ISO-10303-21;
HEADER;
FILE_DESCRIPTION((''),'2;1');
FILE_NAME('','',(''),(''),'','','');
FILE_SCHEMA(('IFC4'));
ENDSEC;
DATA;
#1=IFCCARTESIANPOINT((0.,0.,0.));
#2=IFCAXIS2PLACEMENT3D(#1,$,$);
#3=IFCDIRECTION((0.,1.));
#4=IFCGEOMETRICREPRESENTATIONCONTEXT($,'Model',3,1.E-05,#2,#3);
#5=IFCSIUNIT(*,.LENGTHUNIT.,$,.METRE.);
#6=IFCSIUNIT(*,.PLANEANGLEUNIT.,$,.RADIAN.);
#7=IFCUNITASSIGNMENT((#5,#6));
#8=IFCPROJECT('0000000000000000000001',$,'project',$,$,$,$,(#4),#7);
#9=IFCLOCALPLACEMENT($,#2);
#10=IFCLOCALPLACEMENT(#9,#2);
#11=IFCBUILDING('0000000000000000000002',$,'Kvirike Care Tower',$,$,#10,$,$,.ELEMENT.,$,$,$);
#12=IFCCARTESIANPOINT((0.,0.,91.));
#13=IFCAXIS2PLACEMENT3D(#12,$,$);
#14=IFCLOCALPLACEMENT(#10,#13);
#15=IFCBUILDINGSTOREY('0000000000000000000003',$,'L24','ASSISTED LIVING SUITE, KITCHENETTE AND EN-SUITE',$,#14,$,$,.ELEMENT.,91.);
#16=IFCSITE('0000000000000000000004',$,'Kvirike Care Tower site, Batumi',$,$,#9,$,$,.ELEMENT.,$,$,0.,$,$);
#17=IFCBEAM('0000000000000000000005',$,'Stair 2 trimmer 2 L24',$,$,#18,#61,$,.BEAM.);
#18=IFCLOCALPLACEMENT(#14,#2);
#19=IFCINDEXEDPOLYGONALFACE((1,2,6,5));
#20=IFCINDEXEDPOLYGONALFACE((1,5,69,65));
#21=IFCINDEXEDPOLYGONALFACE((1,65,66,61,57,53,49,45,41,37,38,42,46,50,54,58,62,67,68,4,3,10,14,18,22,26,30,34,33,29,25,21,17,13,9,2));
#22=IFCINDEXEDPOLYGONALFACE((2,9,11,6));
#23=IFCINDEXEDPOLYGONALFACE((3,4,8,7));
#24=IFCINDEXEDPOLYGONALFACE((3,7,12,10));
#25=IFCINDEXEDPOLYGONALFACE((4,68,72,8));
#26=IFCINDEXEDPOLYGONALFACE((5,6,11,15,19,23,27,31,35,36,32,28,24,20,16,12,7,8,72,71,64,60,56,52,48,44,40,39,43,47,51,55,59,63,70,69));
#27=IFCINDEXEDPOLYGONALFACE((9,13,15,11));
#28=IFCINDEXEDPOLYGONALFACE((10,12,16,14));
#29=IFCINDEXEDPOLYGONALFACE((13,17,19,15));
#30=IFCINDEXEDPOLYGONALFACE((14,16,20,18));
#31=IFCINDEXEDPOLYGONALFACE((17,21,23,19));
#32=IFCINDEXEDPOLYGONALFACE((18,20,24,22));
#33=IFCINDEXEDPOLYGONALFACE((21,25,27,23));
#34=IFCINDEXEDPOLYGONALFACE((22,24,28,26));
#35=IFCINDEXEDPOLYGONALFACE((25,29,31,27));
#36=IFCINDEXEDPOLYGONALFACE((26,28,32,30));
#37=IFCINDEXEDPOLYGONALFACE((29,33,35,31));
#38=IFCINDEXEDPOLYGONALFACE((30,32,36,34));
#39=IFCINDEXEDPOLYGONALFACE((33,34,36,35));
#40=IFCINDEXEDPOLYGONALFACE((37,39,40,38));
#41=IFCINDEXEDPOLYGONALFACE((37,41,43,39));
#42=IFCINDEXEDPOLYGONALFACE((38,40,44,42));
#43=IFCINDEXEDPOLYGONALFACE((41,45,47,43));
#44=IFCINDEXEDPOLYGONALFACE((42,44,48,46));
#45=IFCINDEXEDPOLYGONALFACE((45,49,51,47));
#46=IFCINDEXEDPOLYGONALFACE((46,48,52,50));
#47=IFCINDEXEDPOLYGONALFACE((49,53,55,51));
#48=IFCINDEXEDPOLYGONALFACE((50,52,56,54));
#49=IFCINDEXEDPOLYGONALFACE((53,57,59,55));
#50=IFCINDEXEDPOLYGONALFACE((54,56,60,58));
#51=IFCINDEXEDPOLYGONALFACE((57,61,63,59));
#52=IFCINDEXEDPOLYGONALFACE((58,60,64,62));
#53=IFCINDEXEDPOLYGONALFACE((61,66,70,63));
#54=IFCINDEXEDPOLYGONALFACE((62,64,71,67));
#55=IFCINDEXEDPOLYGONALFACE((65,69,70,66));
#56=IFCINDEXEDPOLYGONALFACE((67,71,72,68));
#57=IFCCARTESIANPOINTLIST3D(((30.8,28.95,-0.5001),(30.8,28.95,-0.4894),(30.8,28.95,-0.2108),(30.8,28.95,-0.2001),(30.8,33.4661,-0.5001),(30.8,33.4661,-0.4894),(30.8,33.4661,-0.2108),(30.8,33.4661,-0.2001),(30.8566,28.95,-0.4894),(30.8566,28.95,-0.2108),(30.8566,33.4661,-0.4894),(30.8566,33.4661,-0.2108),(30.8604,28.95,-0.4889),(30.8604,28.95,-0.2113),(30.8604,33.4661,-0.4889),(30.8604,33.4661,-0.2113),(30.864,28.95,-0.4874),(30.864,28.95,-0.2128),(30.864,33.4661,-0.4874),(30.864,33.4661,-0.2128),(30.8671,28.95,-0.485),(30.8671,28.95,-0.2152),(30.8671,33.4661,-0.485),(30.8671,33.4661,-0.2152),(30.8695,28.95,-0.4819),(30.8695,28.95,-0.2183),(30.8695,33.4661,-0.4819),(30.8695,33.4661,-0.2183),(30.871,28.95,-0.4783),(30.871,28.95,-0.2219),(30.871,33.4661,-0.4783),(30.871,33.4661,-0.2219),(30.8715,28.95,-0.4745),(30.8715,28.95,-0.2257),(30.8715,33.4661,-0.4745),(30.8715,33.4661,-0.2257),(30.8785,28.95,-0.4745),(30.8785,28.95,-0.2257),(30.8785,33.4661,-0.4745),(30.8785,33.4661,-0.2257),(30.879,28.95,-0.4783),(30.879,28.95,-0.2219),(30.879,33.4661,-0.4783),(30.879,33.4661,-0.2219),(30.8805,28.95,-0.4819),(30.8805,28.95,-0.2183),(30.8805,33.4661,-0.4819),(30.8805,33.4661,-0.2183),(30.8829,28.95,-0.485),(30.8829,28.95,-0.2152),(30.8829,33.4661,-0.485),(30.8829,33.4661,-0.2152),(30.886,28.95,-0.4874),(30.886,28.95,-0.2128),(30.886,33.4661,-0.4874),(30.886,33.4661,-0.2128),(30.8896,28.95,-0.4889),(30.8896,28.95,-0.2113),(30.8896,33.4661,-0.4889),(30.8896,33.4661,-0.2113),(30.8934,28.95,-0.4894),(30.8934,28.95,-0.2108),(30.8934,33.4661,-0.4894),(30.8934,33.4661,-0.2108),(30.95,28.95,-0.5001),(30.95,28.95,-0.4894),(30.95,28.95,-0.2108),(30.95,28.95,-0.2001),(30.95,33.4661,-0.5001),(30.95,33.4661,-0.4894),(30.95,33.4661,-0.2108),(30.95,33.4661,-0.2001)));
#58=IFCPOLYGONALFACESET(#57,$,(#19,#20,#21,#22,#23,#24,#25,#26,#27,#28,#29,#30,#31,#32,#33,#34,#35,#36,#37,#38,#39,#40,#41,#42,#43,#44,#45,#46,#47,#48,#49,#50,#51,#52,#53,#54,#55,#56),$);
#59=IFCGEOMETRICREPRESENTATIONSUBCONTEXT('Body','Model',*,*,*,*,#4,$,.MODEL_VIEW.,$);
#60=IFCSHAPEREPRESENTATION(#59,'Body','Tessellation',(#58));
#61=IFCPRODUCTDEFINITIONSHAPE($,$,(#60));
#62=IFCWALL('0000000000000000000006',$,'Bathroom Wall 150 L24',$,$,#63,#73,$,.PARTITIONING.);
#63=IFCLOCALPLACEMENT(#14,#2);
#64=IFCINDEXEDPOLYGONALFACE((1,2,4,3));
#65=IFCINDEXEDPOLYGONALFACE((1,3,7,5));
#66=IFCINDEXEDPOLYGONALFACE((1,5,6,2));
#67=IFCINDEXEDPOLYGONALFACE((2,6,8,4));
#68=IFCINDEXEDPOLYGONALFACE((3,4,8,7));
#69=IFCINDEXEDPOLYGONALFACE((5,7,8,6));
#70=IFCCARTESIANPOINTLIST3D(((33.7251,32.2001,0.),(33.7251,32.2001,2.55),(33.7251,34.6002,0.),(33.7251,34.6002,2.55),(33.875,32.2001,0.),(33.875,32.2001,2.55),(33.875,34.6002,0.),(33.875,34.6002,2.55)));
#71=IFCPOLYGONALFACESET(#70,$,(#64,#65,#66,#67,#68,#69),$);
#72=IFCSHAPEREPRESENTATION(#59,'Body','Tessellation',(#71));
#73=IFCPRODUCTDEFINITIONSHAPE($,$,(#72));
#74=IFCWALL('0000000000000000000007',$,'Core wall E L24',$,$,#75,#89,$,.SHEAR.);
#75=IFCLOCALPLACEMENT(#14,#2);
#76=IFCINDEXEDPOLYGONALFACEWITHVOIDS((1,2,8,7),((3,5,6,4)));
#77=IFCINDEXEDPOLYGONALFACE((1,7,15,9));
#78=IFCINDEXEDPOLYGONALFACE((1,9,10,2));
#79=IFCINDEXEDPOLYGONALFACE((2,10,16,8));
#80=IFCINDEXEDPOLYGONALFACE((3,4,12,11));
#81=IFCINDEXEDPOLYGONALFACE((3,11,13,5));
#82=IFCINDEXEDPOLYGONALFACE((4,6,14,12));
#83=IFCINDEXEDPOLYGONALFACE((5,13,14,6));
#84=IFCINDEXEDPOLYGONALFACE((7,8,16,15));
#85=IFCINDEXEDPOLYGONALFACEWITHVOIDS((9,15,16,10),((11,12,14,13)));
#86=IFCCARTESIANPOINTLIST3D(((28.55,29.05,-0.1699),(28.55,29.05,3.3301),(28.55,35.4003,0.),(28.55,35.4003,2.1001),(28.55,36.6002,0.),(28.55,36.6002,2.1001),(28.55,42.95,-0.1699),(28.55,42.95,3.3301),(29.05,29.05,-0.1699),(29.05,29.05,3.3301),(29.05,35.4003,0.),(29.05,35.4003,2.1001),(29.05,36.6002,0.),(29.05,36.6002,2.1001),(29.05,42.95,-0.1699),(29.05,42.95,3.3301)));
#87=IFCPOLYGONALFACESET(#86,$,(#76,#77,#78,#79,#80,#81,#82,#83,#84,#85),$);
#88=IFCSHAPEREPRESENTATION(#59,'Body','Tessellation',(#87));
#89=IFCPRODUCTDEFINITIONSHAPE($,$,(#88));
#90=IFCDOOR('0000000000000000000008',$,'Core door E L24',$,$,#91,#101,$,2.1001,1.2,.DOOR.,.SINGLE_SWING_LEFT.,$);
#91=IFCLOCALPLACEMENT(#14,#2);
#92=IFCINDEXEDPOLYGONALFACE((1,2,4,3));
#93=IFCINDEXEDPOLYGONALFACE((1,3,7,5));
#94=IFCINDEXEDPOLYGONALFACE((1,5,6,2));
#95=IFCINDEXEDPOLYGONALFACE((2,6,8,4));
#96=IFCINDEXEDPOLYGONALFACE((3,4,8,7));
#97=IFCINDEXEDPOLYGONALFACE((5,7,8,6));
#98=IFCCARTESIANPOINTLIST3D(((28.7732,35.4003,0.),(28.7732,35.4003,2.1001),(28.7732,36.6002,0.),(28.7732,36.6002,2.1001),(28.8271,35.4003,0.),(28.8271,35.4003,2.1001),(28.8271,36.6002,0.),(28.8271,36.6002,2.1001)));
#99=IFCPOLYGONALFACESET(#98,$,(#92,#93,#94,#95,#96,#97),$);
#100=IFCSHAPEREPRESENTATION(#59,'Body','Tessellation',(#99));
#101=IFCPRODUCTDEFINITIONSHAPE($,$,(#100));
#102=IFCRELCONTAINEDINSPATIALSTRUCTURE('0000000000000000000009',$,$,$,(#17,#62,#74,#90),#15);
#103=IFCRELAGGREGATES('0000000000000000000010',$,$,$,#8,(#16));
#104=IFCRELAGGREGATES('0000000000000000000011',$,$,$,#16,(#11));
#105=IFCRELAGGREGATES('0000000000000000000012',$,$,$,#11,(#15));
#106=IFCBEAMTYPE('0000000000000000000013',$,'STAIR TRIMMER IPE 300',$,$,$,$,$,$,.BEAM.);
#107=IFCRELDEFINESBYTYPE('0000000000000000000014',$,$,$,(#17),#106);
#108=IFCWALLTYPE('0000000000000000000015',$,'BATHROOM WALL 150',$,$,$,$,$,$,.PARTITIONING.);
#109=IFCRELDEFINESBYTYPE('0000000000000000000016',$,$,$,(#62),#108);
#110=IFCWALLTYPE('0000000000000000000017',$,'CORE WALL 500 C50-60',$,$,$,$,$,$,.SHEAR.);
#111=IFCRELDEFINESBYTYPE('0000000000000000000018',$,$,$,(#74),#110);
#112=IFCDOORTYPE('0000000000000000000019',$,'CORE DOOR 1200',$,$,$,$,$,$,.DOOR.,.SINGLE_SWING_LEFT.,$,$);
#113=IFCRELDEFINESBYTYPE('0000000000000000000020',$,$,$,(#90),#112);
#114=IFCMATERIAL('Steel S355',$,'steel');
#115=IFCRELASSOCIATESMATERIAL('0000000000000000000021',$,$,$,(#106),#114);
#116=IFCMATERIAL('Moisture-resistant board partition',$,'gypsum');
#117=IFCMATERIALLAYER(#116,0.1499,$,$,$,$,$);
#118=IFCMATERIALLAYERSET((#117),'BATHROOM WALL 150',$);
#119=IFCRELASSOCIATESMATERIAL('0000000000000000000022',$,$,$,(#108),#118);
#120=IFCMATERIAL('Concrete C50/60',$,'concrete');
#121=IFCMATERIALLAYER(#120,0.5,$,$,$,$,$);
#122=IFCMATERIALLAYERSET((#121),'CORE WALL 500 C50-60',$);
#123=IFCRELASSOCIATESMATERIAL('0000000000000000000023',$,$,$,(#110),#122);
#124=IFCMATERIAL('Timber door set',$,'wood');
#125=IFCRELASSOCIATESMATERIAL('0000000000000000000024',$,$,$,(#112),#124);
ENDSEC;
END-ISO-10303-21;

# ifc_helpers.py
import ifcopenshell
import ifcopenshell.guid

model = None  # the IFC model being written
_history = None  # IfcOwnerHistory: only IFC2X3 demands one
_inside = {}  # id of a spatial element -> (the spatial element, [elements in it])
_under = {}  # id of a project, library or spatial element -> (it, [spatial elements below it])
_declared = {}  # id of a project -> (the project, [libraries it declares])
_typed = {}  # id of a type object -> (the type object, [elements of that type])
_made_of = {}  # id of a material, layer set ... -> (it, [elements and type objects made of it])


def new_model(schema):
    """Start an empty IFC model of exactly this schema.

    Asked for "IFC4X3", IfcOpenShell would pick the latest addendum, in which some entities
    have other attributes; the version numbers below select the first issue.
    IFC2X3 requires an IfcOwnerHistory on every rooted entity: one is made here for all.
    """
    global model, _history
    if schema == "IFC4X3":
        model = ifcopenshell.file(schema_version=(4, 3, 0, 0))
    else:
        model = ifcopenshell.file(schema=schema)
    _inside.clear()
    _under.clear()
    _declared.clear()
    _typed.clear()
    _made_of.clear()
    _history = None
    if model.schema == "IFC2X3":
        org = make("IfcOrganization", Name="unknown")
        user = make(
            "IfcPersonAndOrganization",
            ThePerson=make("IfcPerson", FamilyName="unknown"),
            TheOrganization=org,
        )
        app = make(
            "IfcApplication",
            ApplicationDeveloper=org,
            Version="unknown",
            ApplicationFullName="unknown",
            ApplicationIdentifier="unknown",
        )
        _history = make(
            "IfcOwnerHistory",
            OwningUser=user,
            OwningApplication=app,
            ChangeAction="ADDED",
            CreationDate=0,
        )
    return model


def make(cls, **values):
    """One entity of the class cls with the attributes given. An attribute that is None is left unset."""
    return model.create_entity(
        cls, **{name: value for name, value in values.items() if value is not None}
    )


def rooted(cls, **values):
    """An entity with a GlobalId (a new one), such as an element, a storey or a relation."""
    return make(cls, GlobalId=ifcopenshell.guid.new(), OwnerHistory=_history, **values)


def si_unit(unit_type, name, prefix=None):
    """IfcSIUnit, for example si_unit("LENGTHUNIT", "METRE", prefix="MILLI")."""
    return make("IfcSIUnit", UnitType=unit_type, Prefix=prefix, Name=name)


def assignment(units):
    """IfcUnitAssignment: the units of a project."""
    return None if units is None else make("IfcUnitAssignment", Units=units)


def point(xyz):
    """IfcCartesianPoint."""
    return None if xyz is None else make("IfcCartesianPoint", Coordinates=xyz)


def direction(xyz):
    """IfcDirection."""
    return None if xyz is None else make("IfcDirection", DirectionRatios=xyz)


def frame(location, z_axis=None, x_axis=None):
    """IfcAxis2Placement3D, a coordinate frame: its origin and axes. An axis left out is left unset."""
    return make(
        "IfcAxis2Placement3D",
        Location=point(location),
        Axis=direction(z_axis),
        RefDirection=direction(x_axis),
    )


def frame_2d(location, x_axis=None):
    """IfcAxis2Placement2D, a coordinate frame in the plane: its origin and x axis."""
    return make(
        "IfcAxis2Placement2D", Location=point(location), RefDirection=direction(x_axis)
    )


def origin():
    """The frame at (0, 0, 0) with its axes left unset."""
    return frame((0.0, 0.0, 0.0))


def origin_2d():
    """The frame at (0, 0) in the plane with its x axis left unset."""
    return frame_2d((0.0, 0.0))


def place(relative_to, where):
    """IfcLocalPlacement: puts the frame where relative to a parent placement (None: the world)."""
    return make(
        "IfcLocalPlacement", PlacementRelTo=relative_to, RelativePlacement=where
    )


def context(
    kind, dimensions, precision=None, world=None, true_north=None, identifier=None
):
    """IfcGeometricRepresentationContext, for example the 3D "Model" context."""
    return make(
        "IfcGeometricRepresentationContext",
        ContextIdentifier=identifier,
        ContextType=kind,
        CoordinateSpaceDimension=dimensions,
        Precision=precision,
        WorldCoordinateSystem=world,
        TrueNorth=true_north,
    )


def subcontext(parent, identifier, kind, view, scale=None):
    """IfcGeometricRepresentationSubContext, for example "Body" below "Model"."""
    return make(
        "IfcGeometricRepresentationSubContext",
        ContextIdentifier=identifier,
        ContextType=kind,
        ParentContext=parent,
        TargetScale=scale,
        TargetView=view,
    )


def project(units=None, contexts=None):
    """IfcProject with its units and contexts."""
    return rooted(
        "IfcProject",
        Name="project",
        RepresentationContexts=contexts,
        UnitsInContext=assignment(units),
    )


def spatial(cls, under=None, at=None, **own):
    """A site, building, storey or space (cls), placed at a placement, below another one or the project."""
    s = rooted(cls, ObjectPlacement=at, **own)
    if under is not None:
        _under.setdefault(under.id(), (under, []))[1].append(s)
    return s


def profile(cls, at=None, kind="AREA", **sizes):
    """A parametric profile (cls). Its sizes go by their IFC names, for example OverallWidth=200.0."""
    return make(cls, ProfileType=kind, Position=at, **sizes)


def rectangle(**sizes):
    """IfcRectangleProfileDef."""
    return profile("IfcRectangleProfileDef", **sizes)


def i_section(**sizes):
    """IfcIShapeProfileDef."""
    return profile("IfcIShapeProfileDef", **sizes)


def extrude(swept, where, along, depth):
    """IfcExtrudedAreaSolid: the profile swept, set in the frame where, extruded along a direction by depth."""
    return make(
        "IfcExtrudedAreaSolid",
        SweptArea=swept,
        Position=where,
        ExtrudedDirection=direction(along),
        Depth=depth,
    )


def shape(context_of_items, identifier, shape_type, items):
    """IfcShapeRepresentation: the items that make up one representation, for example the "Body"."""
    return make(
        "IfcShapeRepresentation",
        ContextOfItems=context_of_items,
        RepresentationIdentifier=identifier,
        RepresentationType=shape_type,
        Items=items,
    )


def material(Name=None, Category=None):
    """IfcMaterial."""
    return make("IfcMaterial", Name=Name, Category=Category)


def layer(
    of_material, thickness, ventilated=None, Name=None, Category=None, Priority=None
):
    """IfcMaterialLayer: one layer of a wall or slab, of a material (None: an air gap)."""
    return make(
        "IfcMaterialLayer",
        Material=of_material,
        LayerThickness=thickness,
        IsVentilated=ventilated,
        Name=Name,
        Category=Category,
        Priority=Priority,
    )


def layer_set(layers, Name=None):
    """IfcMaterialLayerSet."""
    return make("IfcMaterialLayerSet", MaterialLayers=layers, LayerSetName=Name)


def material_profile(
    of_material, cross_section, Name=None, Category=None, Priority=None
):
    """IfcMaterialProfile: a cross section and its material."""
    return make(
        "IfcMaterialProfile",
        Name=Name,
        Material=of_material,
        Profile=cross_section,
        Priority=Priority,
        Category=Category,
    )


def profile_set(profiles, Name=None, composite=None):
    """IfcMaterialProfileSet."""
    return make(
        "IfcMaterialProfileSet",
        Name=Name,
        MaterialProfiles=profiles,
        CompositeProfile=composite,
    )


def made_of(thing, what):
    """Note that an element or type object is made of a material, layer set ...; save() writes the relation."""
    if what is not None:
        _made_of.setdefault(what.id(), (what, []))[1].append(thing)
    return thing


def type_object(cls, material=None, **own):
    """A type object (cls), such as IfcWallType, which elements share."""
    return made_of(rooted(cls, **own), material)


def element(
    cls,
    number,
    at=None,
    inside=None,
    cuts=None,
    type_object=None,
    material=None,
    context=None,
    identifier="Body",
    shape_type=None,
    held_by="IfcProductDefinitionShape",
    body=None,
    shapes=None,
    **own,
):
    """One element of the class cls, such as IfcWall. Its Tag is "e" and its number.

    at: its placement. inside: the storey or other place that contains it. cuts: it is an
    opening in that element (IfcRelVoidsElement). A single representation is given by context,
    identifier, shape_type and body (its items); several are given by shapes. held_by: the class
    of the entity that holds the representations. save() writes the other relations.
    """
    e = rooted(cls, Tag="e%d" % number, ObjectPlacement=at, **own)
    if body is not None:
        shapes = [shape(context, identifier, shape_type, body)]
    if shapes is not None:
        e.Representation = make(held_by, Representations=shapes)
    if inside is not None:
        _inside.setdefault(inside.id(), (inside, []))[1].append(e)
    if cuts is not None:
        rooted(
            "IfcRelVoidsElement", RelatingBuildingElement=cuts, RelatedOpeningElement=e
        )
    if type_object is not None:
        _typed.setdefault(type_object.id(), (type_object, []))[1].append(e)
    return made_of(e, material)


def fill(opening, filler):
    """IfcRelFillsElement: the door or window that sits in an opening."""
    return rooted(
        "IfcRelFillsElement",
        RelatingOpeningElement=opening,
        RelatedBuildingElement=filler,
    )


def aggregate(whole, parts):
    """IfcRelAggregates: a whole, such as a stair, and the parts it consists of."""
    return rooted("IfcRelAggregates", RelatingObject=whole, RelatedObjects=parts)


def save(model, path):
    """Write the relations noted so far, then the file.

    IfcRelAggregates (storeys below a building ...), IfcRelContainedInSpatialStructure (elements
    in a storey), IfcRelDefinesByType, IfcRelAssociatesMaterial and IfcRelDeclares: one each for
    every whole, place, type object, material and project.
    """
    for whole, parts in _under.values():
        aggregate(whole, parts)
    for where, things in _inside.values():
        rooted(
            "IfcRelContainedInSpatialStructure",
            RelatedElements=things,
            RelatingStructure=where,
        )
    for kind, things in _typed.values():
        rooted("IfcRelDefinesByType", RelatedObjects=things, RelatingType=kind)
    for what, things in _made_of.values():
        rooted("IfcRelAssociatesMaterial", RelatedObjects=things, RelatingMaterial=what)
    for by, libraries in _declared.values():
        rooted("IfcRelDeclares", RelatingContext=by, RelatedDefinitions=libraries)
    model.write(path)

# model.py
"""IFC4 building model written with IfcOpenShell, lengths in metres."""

from ifc_helpers import new_model, si_unit, direction, frame, frame_2d, origin, origin_2d, place, context, subcontext, project, spatial, rectangle, i_section, extrude, material, layer, layer_set, material_profile, profile_set, type_object, element, fill, save


model = new_model("IFC4")

# Units and contexts
model_context = context("Model", 3, precision=1e-05, world=origin(), true_north=direction((0.0, 1.0)))
body_context = subcontext(model_context, "Body", "Model", "MODEL_VIEW")
ifc_project = project(units=[si_unit("LENGTHUNIT", "METRE"), si_unit("PLANEANGLEUNIT", "RADIAN")], contexts=[model_context])

# Site, building, storey
site_placement = place(None, origin())
site = spatial("IfcSite", under=ifc_project, at=site_placement, Name="Kvirike Care Tower site, Batumi", CompositionType="ELEMENT", RefElevation=0.0)
building_placement = place(site_placement, origin())
building = spatial("IfcBuilding", under=site, at=building_placement, Name="Kvirike Care Tower", CompositionType="ELEMENT")
storey_placement = place(building_placement, frame((0.0, 0.0, 91.0)))
storey = spatial("IfcBuildingStorey", under=building, at=storey_placement, Name="L24", Description="ASSISTED LIVING SUITE, KITCHENETTE AND EN-SUITE", CompositionType="ELEMENT", Elevation=91.0)

# Beam
ifc_material_1 = material(Name="Steel S355", Category="steel")
ifc_material_profile_1 = material_profile(ifc_material_1, i_section(OverallWidth=0.1499, OverallDepth=0.3, WebThickness=0.0071, FlangeThickness=0.0107, FilletRadius=0.0149, at=origin_2d()), Name="IPE 300")
ifc_profile_set_1 = profile_set([ifc_material_profile_1], Name="Steel S355")
beam_type_1 = type_object("IfcBeamType", Name="STAIR TRIMMER IPE 300", PredefinedType="BEAM", material=ifc_profile_set_1)
for number, where, z_axis, x_axis, name in (
    (1, (30.875, 28.95, -0.3501), (0.0, 1.0, 0.0), (-1.0, 0.0, 0.0), "Stair 2 trimmer 2 L24"),
):
    element("IfcBeam", number, at=place(storey_placement, frame(where, z_axis=z_axis, x_axis=x_axis)), inside=storey, type_object=beam_type_1, Name=name, PredefinedType="BEAM", context=body_context, shape_type="SweptSolid", body=[
        extrude(i_section(OverallWidth=0.1499, OverallDepth=0.3, WebThickness=0.0071, FlangeThickness=0.0107, FilletRadius=0.0149, at=origin_2d()), origin(), (0.0, 0.0, 1.0), 4.5161),
    ])

# Wall
ifc_material_2 = material(Name="Moisture-resistant board partition", Category="gypsum")
ifc_layer_1 = layer(ifc_material_2, 0.1499)
ifc_layer_set_1 = layer_set([ifc_layer_1], Name="BATHROOM WALL 150")
wall_type_1 = type_object("IfcWallType", Name="BATHROOM WALL 150", PredefinedType="PARTITIONING", material=ifc_layer_set_1)
wall_1_placement = place(storey_placement, frame((33.8, 32.2, 0.0), z_axis=(0.0, 0.0, 1.0), x_axis=(0.0, 1.0, 0.0)))
element("IfcWall", 2, at=wall_1_placement, inside=storey, type_object=wall_type_1, Name="Bathroom Wall 150 L24", PredefinedType="PARTITIONING", context=body_context, shape_type="SweptSolid", body=[
    extrude(rectangle(XDim=2.4001, YDim=0.1499, at=frame_2d((1.2002, 0.0))), origin(), (0.0, 0.0, 1.0), 2.55),
])

# Wall, opening, door
ifc_material_3 = material(Name="Concrete C50/60", Category="concrete")
ifc_layer_2 = layer(ifc_material_3, 0.5)
ifc_layer_set_2 = layer_set([ifc_layer_2], Name="CORE WALL 500 C50-60")
wall_type_2 = type_object("IfcWallType", Name="CORE WALL 500 C50-60", PredefinedType="SHEAR", material=ifc_layer_set_2)
wall_2_placement = place(storey_placement, frame((28.8, 29.05, -0.1699), z_axis=(0.0, 0.0, 1.0), x_axis=(0.0, 1.0, 0.0)))
wall_2 = element("IfcWall", 3, at=wall_2_placement, inside=storey, type_object=wall_type_2, Name="Core wall E L24", PredefinedType="SHEAR", context=body_context, shape_type="SweptSolid", body=[
    extrude(rectangle(XDim=13.8999, YDim=0.5, at=frame_2d((6.95, 0.0))), origin(), (0.0, 0.0, 1.0), 3.5),
])
opening_1_placement = place(wall_2_placement, frame((6.3501, 0.0, 0.1699)))
opening_1 = element("IfcOpeningElement", 4, at=opening_1_placement, cuts=wall_2, PredefinedType="OPENING", context=body_context, shape_type="SweptSolid", body=[
    extrude(rectangle(XDim=1.2, YDim=2.1001, at=frame_2d((0.6001, 1.05))), frame((0.0, 0.2605, 0.0), z_axis=(0.0, -1.0, 0.0), x_axis=(1.0, 0.0, 0.0)), (0.0, 0.0, 1.0), 0.521),
])
ifc_material_4 = material(Name="Timber door set", Category="wood")
door_type_1 = type_object("IfcDoorType", Name="CORE DOOR 1200", OperationType="SINGLE_SWING_LEFT", PredefinedType="DOOR", material=ifc_material_4)
door_1_placement = place(opening_1_placement, origin())
door_1 = element("IfcDoor", 5, at=door_1_placement, inside=storey, type_object=door_type_1, Name="Core door E L24", OperationType="SINGLE_SWING_LEFT", OverallHeight=2.1001, OverallWidth=1.2, PredefinedType="DOOR", context=body_context, shape_type="SweptSolid", body=[
    extrude(rectangle(XDim=1.2, YDim=2.1001, at=frame_2d((0.6001, 1.05))), frame((0.0, 0.0269, 0.0), z_axis=(0.0, -1.0, 0.0), x_axis=(1.0, 0.0, 0.0)), (0.0, 0.0, 1.0), 0.054),
])
fill(opening_1, door_1)

save(model, "model.ifc")
